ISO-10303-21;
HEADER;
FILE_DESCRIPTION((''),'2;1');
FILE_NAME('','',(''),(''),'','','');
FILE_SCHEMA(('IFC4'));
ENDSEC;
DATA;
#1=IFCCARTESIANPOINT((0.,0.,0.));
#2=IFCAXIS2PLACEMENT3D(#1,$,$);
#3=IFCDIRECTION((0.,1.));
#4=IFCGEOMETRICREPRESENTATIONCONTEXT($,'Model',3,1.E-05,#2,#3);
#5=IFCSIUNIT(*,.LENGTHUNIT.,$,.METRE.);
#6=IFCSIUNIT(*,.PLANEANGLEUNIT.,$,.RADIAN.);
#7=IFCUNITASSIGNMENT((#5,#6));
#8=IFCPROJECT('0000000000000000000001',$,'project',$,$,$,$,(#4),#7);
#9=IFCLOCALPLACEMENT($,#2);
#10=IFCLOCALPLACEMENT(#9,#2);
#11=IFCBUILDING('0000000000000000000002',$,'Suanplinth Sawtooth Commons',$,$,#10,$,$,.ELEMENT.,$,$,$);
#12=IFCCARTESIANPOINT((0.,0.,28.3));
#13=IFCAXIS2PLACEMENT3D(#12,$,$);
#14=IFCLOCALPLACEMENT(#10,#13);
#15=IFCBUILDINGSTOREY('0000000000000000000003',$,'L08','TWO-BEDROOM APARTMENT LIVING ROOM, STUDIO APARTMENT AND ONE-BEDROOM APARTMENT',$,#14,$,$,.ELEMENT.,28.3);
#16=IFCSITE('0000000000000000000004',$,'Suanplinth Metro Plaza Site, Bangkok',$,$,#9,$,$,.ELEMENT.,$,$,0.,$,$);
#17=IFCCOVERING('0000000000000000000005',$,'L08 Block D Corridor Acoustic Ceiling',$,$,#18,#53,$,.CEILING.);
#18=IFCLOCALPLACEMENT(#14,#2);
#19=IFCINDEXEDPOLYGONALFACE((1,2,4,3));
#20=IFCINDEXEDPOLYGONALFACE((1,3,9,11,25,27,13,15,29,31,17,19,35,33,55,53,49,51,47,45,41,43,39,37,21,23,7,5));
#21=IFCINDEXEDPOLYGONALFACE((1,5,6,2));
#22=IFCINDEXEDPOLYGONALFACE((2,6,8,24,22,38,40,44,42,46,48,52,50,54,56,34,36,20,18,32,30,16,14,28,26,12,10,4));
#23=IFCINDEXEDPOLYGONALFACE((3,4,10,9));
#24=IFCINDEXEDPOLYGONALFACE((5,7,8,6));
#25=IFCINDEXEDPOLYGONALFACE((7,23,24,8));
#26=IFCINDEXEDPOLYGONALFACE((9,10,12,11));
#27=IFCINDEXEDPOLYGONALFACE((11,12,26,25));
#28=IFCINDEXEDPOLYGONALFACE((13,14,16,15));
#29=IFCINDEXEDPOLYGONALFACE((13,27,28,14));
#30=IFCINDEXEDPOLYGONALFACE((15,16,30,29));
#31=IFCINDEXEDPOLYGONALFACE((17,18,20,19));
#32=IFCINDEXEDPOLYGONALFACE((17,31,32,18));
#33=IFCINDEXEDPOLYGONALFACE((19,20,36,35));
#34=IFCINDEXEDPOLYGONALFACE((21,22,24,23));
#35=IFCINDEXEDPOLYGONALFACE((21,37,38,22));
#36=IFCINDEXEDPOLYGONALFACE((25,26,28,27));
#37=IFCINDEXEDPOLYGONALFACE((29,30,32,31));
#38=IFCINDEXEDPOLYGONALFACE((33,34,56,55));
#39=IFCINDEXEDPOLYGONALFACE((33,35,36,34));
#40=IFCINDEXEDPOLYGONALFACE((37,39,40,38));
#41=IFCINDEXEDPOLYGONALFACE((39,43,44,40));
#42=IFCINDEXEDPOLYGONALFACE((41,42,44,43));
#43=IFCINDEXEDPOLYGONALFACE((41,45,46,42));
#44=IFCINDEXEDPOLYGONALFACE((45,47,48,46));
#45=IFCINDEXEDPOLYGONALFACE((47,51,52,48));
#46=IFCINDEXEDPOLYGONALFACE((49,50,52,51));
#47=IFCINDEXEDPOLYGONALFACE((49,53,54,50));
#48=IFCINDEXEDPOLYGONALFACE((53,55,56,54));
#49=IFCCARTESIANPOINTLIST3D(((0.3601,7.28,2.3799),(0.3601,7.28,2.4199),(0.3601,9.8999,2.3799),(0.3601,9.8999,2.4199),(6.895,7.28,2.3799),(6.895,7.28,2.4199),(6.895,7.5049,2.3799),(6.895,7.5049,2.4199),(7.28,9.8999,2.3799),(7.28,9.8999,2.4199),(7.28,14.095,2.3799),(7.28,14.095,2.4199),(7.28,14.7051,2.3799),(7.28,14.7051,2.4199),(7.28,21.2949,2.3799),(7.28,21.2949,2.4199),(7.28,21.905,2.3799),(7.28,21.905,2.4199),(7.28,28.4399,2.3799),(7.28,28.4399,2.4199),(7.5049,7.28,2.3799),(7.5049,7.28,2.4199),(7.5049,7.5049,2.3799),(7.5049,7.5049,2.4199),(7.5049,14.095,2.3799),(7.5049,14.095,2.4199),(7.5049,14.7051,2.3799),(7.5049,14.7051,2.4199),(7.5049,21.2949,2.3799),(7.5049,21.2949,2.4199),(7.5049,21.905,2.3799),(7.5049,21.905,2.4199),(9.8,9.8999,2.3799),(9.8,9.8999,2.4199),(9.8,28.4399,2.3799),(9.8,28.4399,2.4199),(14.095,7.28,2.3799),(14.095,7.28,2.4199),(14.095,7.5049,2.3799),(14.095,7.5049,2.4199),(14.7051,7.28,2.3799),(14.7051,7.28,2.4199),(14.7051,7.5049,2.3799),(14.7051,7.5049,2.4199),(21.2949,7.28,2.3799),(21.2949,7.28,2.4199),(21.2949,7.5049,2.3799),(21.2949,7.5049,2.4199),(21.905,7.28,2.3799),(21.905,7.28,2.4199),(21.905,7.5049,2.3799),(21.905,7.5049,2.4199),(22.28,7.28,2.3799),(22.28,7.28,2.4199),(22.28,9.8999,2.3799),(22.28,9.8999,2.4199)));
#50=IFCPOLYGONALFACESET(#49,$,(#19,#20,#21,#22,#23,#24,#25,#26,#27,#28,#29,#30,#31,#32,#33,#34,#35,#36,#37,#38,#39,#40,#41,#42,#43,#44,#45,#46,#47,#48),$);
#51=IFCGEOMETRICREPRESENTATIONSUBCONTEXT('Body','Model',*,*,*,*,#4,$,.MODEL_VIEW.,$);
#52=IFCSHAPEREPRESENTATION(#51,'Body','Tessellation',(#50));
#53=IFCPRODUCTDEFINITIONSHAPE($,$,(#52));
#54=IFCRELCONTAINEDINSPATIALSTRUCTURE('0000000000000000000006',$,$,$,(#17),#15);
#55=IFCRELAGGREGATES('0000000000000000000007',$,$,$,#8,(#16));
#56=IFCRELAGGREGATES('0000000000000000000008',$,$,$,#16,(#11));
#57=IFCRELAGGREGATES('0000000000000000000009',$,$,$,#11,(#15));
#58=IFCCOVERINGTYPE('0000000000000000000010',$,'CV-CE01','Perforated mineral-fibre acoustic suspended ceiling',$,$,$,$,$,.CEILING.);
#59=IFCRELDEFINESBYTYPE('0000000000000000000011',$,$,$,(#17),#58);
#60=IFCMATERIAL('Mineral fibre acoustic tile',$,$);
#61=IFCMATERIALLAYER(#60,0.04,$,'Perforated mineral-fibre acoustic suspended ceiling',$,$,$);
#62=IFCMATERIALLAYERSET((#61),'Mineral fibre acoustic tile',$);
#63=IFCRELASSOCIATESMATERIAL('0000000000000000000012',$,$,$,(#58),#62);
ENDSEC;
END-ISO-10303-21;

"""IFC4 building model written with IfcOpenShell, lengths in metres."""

from ifc_helpers import new_model, si_unit, direction, frame, origin, place, context, subcontext, project, spatial, polyline, outline, extrude, material, layer, layer_set, type_object, element, save


model = new_model("IFC4")

# Units and contexts
model_context = context("Model", 3, precision=1e-05, world=origin(), true_north=direction((0.0, 1.0)))
body_context = subcontext(model_context, "Body", "Model", "MODEL_VIEW")
ifc_project = project(units=[si_unit("LENGTHUNIT", "METRE"), si_unit("PLANEANGLEUNIT", "RADIAN")], contexts=[model_context])

# Site, building, storey
site_placement = place(None, origin())
site = spatial("IfcSite", under=ifc_project, at=site_placement, Name="Suanplinth Metro Plaza Site, Bangkok", CompositionType="ELEMENT", RefElevation=0.0)
building_placement = place(site_placement, origin())
building = spatial("IfcBuilding", under=site, at=building_placement, Name="Suanplinth Sawtooth Commons", CompositionType="ELEMENT")
storey_placement = place(building_placement, frame((0.0, 0.0, 28.3)))
storey = spatial("IfcBuildingStorey", under=building, at=storey_placement, Name="L08", Description="TWO-BEDROOM APARTMENT LIVING ROOM, STUDIO APARTMENT AND ONE-BEDROOM APARTMENT", CompositionType="ELEMENT", Elevation=28.3)

# Covering
ifc_material_1 = material(Name="Mineral fibre acoustic tile")
ifc_layer_1 = layer(ifc_material_1, 0.04, Name="Perforated mineral-fibre acoustic suspended ceiling")
ifc_layer_set_1 = layer_set([ifc_layer_1], Name="Mineral fibre acoustic tile")
covering_type = type_object("IfcCoveringType", Name="CV-CE01", Description="Perforated mineral-fibre acoustic suspended ceiling", PredefinedType="CEILING", material=ifc_layer_set_1)
covering_1_placement = place(storey_placement, frame((0.0, 0.0, 2.3799)))
element("IfcCovering", 1, at=covering_1_placement, inside=storey, type_object=covering_type, Name="L08 Block D Corridor Acoustic Ceiling", PredefinedType="CEILING", context=body_context, shape_type="SweptSolid", body=[
    extrude(outline(polyline([(0.3601, 9.8999), (7.28, 9.8999), (7.28, 14.095), (7.5049, 14.095), (7.5049, 14.7051), (7.28, 14.7051), (7.28, 21.2949), (7.5049, 21.2949), (7.5049, 21.905), (7.28, 21.905), (7.28, 28.4399), (9.8, 28.4399), (9.8, 9.8999), (22.28, 9.8999), (22.28, 7.28), (21.905, 7.28), (21.905, 7.5049), (21.2949, 7.5049), (21.2949, 7.28), (14.7051, 7.28), (14.7051, 7.5049), (14.095, 7.5049), (14.095, 7.28), (7.5049, 7.28), (7.5049, 7.5049), (6.895, 7.5049), (6.895, 7.28), (0.3601, 7.28), (0.3601, 9.8999)])), origin(), (0.0, 0.0, 1.0), 0.04),
])

save(model, "model.ifc")
